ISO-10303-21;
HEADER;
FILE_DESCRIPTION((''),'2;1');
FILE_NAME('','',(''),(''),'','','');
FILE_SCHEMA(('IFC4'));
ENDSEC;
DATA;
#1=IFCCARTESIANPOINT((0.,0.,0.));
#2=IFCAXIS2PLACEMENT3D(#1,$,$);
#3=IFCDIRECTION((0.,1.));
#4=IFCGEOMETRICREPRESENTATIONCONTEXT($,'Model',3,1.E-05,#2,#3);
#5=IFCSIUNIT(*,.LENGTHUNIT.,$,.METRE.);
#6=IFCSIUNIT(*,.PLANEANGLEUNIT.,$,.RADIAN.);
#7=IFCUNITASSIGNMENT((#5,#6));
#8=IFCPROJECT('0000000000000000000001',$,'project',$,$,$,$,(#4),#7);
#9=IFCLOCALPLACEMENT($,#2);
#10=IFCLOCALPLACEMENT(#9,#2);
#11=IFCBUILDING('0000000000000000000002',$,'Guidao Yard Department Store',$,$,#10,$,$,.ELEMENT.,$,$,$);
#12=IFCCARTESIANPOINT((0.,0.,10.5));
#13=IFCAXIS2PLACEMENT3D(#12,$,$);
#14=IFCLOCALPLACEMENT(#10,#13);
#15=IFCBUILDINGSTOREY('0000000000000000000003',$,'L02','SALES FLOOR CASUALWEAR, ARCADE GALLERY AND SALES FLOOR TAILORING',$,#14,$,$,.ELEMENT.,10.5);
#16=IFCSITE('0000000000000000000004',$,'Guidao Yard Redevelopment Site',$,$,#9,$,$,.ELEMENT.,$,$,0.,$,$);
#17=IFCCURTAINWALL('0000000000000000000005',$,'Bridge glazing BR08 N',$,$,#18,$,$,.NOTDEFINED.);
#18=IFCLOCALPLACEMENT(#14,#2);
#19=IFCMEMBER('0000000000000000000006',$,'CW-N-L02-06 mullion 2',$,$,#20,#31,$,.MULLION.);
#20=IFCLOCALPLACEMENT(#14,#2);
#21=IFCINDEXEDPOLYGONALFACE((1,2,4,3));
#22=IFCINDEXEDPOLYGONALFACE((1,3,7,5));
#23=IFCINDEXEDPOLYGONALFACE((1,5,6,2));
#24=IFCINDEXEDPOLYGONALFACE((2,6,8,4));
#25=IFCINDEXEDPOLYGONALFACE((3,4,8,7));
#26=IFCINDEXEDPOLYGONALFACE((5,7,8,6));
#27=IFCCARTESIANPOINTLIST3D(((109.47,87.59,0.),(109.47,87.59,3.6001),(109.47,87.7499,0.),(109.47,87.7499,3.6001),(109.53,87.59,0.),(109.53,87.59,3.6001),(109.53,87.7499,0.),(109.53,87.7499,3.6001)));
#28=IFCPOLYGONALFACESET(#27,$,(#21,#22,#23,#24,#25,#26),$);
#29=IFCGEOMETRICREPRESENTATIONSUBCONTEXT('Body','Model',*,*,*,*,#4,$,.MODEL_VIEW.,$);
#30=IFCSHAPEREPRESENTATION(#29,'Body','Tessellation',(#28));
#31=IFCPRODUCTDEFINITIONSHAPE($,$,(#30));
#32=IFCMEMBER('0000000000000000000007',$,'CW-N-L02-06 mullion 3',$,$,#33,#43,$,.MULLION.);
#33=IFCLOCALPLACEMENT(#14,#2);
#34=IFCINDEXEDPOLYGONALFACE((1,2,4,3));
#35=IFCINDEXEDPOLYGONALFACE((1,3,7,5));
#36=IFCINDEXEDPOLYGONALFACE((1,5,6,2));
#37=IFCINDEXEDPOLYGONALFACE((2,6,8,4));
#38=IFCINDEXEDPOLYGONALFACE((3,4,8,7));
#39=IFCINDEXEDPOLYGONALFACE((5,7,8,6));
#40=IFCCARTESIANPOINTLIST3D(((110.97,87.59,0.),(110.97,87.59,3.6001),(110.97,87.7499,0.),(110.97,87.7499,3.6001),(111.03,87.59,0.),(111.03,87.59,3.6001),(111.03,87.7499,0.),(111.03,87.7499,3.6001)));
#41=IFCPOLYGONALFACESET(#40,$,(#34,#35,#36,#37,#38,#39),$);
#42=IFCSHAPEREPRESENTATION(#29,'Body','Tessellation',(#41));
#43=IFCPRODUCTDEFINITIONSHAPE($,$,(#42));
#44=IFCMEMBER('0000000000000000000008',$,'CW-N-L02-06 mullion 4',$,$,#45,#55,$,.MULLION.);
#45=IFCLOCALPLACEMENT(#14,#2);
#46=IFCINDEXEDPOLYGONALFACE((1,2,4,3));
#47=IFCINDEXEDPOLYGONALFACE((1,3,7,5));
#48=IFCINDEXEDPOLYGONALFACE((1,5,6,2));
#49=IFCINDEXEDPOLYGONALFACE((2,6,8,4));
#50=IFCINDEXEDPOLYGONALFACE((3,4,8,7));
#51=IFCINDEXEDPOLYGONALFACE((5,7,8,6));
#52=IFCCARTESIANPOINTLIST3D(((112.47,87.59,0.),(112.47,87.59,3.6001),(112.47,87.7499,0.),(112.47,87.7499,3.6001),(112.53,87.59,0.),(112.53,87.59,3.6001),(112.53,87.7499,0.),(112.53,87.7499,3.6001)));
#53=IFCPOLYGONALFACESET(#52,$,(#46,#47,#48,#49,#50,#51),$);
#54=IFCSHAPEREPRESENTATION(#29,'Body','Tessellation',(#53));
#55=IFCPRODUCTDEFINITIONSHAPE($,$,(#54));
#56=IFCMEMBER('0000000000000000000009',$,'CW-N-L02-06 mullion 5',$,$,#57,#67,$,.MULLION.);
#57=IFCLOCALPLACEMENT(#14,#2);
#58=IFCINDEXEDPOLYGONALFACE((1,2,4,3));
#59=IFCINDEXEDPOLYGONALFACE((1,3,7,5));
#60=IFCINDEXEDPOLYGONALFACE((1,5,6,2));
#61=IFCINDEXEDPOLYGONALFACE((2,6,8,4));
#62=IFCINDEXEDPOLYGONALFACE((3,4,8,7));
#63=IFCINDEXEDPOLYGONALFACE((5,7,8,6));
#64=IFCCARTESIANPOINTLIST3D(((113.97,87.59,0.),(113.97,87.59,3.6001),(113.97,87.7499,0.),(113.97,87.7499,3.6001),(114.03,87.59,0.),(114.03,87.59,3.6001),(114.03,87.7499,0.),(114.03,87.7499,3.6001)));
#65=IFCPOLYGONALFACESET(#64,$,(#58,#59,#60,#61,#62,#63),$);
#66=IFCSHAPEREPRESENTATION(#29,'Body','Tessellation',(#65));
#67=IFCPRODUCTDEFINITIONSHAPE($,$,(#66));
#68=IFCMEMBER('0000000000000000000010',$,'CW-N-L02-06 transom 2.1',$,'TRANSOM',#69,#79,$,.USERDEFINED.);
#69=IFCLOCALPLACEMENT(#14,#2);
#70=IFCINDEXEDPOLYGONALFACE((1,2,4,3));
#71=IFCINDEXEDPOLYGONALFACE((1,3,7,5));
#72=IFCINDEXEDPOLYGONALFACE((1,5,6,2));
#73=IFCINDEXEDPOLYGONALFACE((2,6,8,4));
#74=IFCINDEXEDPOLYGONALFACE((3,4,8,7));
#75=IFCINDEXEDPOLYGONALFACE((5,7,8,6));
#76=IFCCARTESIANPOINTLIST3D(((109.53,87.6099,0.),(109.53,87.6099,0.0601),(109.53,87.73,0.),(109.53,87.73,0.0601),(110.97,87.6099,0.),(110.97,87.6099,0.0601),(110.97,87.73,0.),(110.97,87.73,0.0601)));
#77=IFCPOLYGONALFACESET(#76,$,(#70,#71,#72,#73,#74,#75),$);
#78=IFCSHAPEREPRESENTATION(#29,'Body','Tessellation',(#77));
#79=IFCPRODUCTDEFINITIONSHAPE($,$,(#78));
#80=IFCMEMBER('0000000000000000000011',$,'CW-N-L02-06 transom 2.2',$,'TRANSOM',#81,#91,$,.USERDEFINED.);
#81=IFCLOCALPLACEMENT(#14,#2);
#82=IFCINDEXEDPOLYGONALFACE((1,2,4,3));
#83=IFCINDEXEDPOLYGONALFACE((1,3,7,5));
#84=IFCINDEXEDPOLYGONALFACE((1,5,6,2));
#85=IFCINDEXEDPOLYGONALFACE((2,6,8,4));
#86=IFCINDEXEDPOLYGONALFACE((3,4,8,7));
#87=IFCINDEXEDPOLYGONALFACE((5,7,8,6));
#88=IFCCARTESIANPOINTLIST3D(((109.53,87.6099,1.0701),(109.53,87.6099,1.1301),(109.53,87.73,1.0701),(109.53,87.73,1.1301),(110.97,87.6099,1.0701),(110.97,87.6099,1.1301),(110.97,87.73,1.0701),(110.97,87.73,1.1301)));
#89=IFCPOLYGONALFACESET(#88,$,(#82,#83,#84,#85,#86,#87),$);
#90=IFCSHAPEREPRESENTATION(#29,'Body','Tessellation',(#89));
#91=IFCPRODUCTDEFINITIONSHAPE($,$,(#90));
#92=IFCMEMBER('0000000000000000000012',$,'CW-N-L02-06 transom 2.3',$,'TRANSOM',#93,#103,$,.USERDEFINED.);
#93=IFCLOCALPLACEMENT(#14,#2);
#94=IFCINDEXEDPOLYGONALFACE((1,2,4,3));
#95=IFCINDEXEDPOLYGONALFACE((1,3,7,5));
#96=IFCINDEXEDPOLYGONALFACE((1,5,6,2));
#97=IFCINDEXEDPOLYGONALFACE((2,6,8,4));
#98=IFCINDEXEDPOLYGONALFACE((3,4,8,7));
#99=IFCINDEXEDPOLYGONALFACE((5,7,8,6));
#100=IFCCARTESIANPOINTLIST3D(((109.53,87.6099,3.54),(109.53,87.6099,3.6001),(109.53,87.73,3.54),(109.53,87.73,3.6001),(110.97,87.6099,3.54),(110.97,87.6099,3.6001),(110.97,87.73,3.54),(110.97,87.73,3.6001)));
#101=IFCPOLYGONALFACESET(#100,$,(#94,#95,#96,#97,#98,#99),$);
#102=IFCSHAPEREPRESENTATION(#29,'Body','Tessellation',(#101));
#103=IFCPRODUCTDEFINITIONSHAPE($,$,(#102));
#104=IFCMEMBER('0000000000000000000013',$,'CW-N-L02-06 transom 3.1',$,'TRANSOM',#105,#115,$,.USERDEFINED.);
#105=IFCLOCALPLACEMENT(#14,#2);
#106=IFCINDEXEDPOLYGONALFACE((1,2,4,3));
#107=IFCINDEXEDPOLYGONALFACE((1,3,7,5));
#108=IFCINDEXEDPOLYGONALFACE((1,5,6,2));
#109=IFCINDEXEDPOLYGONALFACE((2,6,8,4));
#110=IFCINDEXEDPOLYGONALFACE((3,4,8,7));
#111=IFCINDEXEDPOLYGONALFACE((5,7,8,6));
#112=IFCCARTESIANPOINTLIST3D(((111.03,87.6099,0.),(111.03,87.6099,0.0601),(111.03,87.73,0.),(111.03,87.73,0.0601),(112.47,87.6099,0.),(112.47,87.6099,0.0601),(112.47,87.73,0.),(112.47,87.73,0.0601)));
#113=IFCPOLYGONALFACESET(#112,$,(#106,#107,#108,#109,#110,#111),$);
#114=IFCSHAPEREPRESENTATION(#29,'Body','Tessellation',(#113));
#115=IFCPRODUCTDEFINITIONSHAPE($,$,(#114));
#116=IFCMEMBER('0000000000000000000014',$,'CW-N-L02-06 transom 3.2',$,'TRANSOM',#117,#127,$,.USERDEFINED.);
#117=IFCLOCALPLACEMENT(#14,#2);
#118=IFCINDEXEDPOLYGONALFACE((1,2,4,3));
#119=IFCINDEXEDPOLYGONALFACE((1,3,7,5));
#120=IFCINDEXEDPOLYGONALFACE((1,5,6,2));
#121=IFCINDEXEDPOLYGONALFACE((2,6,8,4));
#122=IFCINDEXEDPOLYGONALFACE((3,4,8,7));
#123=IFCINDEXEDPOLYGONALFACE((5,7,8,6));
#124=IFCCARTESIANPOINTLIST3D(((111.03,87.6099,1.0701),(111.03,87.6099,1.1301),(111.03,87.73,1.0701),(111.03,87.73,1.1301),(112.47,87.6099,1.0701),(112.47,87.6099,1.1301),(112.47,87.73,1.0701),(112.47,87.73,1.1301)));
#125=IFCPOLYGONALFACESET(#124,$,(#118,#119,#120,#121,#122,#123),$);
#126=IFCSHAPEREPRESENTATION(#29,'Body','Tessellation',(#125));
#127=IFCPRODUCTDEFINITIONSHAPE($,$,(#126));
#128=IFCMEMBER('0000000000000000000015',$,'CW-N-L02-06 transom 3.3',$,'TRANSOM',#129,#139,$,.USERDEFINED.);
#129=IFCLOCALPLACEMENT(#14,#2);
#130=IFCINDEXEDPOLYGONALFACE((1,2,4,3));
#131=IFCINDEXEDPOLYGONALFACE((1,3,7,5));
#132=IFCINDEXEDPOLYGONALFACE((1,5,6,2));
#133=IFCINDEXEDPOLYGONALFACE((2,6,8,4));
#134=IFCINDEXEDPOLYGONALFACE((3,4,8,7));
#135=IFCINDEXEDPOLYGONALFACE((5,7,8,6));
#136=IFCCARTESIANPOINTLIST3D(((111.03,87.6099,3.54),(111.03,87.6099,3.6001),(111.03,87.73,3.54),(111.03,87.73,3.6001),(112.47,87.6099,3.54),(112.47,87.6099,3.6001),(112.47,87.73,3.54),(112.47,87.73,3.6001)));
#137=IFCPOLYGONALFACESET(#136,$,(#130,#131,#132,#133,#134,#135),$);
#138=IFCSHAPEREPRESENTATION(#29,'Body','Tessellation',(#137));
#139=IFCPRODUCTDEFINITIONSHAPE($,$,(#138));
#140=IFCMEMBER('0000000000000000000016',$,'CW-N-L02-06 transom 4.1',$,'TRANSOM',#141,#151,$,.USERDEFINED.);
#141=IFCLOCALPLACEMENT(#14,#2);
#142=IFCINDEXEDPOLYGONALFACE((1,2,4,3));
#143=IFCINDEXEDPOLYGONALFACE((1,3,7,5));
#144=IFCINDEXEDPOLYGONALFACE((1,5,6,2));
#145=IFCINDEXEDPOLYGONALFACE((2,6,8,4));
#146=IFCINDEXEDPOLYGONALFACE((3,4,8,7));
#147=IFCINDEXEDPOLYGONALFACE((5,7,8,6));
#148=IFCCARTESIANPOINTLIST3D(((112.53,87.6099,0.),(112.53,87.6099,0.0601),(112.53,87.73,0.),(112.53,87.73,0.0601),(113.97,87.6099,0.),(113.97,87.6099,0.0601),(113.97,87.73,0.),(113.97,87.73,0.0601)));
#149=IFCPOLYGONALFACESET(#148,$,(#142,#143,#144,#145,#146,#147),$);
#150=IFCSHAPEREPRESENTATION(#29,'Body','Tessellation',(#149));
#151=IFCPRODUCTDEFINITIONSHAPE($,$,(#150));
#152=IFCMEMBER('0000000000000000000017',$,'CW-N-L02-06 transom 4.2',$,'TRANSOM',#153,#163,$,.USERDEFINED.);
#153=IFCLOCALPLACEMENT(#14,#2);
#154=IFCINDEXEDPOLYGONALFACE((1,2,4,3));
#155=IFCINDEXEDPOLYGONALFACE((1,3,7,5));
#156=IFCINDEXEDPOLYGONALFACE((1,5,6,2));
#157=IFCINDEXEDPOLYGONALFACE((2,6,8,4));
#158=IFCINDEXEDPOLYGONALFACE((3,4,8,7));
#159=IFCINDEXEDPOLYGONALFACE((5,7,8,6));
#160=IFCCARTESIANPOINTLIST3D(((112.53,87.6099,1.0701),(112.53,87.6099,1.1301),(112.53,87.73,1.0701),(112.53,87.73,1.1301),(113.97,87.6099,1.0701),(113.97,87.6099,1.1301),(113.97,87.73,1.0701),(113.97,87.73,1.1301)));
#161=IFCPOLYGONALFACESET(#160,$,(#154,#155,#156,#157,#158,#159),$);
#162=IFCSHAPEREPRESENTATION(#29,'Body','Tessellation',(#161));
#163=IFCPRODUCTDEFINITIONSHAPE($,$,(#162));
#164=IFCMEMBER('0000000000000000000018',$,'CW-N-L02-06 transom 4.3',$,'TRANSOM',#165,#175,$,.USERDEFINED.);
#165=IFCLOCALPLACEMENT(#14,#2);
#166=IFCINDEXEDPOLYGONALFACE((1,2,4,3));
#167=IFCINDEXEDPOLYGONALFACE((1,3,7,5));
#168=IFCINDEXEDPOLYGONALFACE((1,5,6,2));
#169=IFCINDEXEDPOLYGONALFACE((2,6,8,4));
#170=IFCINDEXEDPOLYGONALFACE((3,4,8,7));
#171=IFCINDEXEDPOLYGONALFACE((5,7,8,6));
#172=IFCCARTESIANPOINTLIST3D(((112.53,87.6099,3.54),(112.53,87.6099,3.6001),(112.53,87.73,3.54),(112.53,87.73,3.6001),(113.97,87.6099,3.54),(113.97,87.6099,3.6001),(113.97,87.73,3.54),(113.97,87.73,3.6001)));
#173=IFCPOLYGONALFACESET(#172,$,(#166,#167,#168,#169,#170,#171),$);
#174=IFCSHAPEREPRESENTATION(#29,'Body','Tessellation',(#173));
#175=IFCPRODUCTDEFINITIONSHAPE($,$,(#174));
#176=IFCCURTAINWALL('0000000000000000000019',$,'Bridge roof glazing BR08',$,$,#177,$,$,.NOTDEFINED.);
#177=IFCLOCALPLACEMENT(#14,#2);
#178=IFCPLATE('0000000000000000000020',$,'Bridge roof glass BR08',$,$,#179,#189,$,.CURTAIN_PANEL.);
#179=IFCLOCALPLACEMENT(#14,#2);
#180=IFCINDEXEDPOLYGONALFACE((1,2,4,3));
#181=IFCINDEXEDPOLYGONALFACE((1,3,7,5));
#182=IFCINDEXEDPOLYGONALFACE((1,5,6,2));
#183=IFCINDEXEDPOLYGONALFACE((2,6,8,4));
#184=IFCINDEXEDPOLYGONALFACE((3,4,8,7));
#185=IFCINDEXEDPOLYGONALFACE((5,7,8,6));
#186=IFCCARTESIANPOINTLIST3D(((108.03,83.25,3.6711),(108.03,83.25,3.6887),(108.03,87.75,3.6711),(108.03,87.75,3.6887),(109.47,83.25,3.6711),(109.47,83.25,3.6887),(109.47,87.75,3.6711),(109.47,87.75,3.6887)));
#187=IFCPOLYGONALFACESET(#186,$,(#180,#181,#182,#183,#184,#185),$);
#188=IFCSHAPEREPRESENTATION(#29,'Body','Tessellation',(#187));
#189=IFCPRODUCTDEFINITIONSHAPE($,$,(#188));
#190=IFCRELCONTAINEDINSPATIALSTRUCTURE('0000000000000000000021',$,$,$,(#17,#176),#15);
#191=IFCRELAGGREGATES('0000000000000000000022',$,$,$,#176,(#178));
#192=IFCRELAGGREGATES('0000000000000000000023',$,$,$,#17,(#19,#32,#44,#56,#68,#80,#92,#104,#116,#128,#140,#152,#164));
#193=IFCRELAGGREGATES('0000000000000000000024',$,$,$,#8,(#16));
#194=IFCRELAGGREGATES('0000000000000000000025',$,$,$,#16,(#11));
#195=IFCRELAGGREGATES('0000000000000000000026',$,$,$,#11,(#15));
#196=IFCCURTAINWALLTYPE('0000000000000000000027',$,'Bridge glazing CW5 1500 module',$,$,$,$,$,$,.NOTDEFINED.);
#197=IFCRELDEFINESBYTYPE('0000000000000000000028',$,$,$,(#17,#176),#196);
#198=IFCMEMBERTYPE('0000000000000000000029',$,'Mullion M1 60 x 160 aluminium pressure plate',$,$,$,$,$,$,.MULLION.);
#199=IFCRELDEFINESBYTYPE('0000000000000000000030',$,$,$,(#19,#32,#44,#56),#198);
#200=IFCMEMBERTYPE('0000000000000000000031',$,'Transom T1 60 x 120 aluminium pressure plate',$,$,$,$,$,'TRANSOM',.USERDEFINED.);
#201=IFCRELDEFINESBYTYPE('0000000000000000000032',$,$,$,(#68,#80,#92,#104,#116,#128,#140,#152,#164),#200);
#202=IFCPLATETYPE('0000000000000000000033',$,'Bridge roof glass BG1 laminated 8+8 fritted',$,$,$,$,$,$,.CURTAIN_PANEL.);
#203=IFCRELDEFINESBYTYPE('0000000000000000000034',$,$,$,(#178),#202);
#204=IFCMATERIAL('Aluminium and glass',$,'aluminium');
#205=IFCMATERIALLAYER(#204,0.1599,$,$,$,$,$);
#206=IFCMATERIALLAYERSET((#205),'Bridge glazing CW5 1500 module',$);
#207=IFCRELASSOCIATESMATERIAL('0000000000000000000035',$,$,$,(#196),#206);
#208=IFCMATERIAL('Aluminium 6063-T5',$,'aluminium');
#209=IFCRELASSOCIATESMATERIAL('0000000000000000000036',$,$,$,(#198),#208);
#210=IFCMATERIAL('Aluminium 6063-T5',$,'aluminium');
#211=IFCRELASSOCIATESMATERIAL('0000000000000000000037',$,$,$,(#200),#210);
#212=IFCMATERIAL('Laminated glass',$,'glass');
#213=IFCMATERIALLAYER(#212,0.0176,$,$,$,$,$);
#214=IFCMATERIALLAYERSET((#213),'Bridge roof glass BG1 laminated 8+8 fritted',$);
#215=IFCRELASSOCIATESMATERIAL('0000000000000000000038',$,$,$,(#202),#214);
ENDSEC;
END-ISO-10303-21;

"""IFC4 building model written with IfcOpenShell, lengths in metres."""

from ifc_helpers import new_model, si_unit, direction, frame, origin, origin_2d, place, context, subcontext, project, spatial, rectangle, extrude, material, layer, layer_set, material_profile, profile_set, type_object, element, aggregate, save


model = new_model("IFC4")

# Units and contexts
model_context = context("Model", 3, precision=1e-05, world=origin(), true_north=direction((0.0, 1.0)))
body_context = subcontext(model_context, "Body", "Model", "MODEL_VIEW")
ifc_project = project(units=[si_unit("LENGTHUNIT", "METRE"), si_unit("PLANEANGLEUNIT", "RADIAN")], contexts=[model_context])

# Site, building, storey
site_placement = place(None, origin())
site = spatial("IfcSite", under=ifc_project, at=site_placement, Name="Guidao Yard Redevelopment Site", CompositionType="ELEMENT", RefElevation=0.0)
building_placement = place(site_placement, origin())
building = spatial("IfcBuilding", under=site, at=building_placement, Name="Guidao Yard Department Store", CompositionType="ELEMENT")
storey_placement = place(building_placement, frame((0.0, 0.0, 10.5)))
storey = spatial("IfcBuildingStorey", under=building, at=storey_placement, Name="L02", Description="SALES FLOOR CASUALWEAR, ARCADE GALLERY AND SALES FLOOR TAILORING", CompositionType="ELEMENT", Elevation=10.5)

# Curtain wall, members
ifc_material_1 = material(Name="Aluminium and glass", Category="aluminium")
ifc_layer_1 = layer(ifc_material_1, 0.1599)
ifc_layer_set_1 = layer_set([ifc_layer_1], Name="Bridge glazing CW5 1500 module")
curtain_wall_type = type_object("IfcCurtainWallType", Name="Bridge glazing CW5 1500 module", PredefinedType="NOTDEFINED", material=ifc_layer_set_1)
curtain_wall_1_placement = place(storey_placement, origin())
curtain_wall_1 = element("IfcCurtainWall", 1, at=curtain_wall_1_placement, inside=storey, type_object=curtain_wall_type, Name="Bridge glazing BR08 N", PredefinedType="NOTDEFINED")
ifc_material_2 = material(Name="Aluminium 6063-T5", Category="aluminium")
ifc_material_profile_1 = material_profile(ifc_material_2, rectangle(XDim=0.0601, YDim=0.1599, at=origin_2d()), Name="Mullion M1 60 x 160 aluminium pressure plate")
ifc_profile_set_1 = profile_set([ifc_material_profile_1], Name="Aluminium 6063-T5")
member_type_1 = type_object("IfcMemberType", Name="Mullion M1 60 x 160 aluminium pressure plate", PredefinedType="MULLION", material=ifc_profile_set_1)
member_1_placement = place(storey_placement, frame((109.5, 87.6699, 0.0), z_axis=(0.0, 0.0, 1.0), x_axis=(1.0, 0.0, 0.0)))
member_1 = element("IfcMember", 2, at=member_1_placement, type_object=member_type_1, Name="CW-N-L02-06 mullion 2", PredefinedType="MULLION", context=body_context, shape_type="SweptSolid", body=[
    extrude(rectangle(XDim=0.0601, YDim=0.1599, at=origin_2d()), origin(), (0.0, 0.0, 1.0), 3.6001),
])
member_2_placement = place(storey_placement, frame((111.0, 87.6699, 0.0), z_axis=(0.0, 0.0, 1.0), x_axis=(1.0, 0.0, 0.0)))
member_2 = element("IfcMember", 3, at=member_2_placement, type_object=member_type_1, Name="CW-N-L02-06 mullion 3", PredefinedType="MULLION", context=body_context, shape_type="SweptSolid", body=[
    extrude(rectangle(XDim=0.0601, YDim=0.1599, at=origin_2d()), origin(), (0.0, 0.0, 1.0), 3.6001),
])
member_3_placement = place(storey_placement, frame((112.5, 87.6699, 0.0), z_axis=(0.0, 0.0, 1.0), x_axis=(1.0, 0.0, 0.0)))
member_3 = element("IfcMember", 4, at=member_3_placement, type_object=member_type_1, Name="CW-N-L02-06 mullion 4", PredefinedType="MULLION", context=body_context, shape_type="SweptSolid", body=[
    extrude(rectangle(XDim=0.0601, YDim=0.1599, at=origin_2d()), origin(), (0.0, 0.0, 1.0), 3.6001),
])
member_4_placement = place(storey_placement, frame((114.0, 87.6699, 0.0), z_axis=(0.0, 0.0, 1.0), x_axis=(1.0, 0.0, 0.0)))
member_4 = element("IfcMember", 5, at=member_4_placement, type_object=member_type_1, Name="CW-N-L02-06 mullion 5", PredefinedType="MULLION", context=body_context, shape_type="SweptSolid", body=[
    extrude(rectangle(XDim=0.0601, YDim=0.1599, at=origin_2d()), origin(), (0.0, 0.0, 1.0), 3.6001),
])
ifc_material_3 = material(Name="Aluminium 6063-T5", Category="aluminium")
ifc_material_profile_2 = material_profile(ifc_material_3, rectangle(XDim=0.1201, YDim=0.0601, at=origin_2d()), Name="Transom T1 60 x 120 aluminium pressure plate")
ifc_profile_set_2 = profile_set([ifc_material_profile_2], Name="Aluminium 6063-T5")
member_type_2 = type_object("IfcMemberType", Name="Transom T1 60 x 120 aluminium pressure plate", ElementType="TRANSOM", PredefinedType="USERDEFINED", material=ifc_profile_set_2)
member_5_placement = place(storey_placement, frame((109.53, 87.6699, 0.03), z_axis=(1.0, 0.0, 0.0), x_axis=(0.0, 1.0, 0.0)))
member_5 = element("IfcMember", 6, at=member_5_placement, type_object=member_type_2, Name="CW-N-L02-06 transom 2.1", ObjectType="TRANSOM", PredefinedType="USERDEFINED", context=body_context, shape_type="SweptSolid", body=[
    extrude(rectangle(XDim=0.1201, YDim=0.0601, at=origin_2d()), origin(), (0.0, 0.0, 1.0), 1.4399),
])
member_6_placement = place(storey_placement, frame((109.53, 87.6699, 1.1001), z_axis=(1.0, 0.0, 0.0), x_axis=(0.0, 1.0, 0.0)))
member_6 = element("IfcMember", 7, at=member_6_placement, type_object=member_type_2, Name="CW-N-L02-06 transom 2.2", ObjectType="TRANSOM", PredefinedType="USERDEFINED", context=body_context, shape_type="SweptSolid", body=[
    extrude(rectangle(XDim=0.1201, YDim=0.0601, at=origin_2d()), origin(), (0.0, 0.0, 1.0), 1.4399),
])
member_7_placement = place(storey_placement, frame((109.53, 87.6699, 3.5701), z_axis=(1.0, 0.0, 0.0), x_axis=(0.0, 1.0, 0.0)))
member_7 = element("IfcMember", 8, at=member_7_placement, type_object=member_type_2, Name="CW-N-L02-06 transom 2.3", ObjectType="TRANSOM", PredefinedType="USERDEFINED", context=body_context, shape_type="SweptSolid", body=[
    extrude(rectangle(XDim=0.1201, YDim=0.0601, at=origin_2d()), origin(), (0.0, 0.0, 1.0), 1.4399),
])
member_8_placement = place(storey_placement, frame((111.03, 87.6699, 0.03), z_axis=(1.0, 0.0, 0.0), x_axis=(0.0, 1.0, 0.0)))
member_8 = element("IfcMember", 9, at=member_8_placement, type_object=member_type_2, Name="CW-N-L02-06 transom 3.1", ObjectType="TRANSOM", PredefinedType="USERDEFINED", context=body_context, shape_type="SweptSolid", body=[
    extrude(rectangle(XDim=0.1201, YDim=0.0601, at=origin_2d()), origin(), (0.0, 0.0, 1.0), 1.4399),
])
member_9_placement = place(storey_placement, frame((111.03, 87.6699, 1.1001), z_axis=(1.0, 0.0, 0.0), x_axis=(0.0, 1.0, 0.0)))
member_9 = element("IfcMember", 10, at=member_9_placement, type_object=member_type_2, Name="CW-N-L02-06 transom 3.2", ObjectType="TRANSOM", PredefinedType="USERDEFINED", context=body_context, shape_type="SweptSolid", body=[
    extrude(rectangle(XDim=0.1201, YDim=0.0601, at=origin_2d()), origin(), (0.0, 0.0, 1.0), 1.4399),
])
member_10_placement = place(storey_placement, frame((111.03, 87.6699, 3.5701), z_axis=(1.0, 0.0, 0.0), x_axis=(0.0, 1.0, 0.0)))
member_10 = element("IfcMember", 11, at=member_10_placement, type_object=member_type_2, Name="CW-N-L02-06 transom 3.3", ObjectType="TRANSOM", PredefinedType="USERDEFINED", context=body_context, shape_type="SweptSolid", body=[
    extrude(rectangle(XDim=0.1201, YDim=0.0601, at=origin_2d()), origin(), (0.0, 0.0, 1.0), 1.4399),
])
member_11_placement = place(storey_placement, frame((112.53, 87.6699, 0.03), z_axis=(1.0, 0.0, 0.0), x_axis=(0.0, 1.0, 0.0)))
member_11 = element("IfcMember", 12, at=member_11_placement, type_object=member_type_2, Name="CW-N-L02-06 transom 4.1", ObjectType="TRANSOM", PredefinedType="USERDEFINED", context=body_context, shape_type="SweptSolid", body=[
    extrude(rectangle(XDim=0.1201, YDim=0.0601, at=origin_2d()), origin(), (0.0, 0.0, 1.0), 1.4399),
])
member_12_placement = place(storey_placement, frame((112.53, 87.6699, 1.1001), z_axis=(1.0, 0.0, 0.0), x_axis=(0.0, 1.0, 0.0)))
member_12 = element("IfcMember", 13, at=member_12_placement, type_object=member_type_2, Name="CW-N-L02-06 transom 4.2", ObjectType="TRANSOM", PredefinedType="USERDEFINED", context=body_context, shape_type="SweptSolid", body=[
    extrude(rectangle(XDim=0.1201, YDim=0.0601, at=origin_2d()), origin(), (0.0, 0.0, 1.0), 1.4399),
])
member_13_placement = place(storey_placement, frame((112.53, 87.6699, 3.5701), z_axis=(1.0, 0.0, 0.0), x_axis=(0.0, 1.0, 0.0)))
member_13 = element("IfcMember", 14, at=member_13_placement, type_object=member_type_2, Name="CW-N-L02-06 transom 4.3", ObjectType="TRANSOM", PredefinedType="USERDEFINED", context=body_context, shape_type="SweptSolid", body=[
    extrude(rectangle(XDim=0.1201, YDim=0.0601, at=origin_2d()), origin(), (0.0, 0.0, 1.0), 1.4399),
])

# Curtain wall, plate
curtain_wall_2_placement = place(storey_placement, origin())
curtain_wall_2 = element("IfcCurtainWall", 15, at=curtain_wall_2_placement, inside=storey, type_object=curtain_wall_type, Name="Bridge roof glazing BR08", PredefinedType="NOTDEFINED")
ifc_material_4 = material(Name="Laminated glass", Category="glass")
ifc_layer_2 = layer(ifc_material_4, 0.0176)
ifc_layer_set_2 = layer_set([ifc_layer_2], Name="Bridge roof glass BG1 laminated 8+8 fritted")
plate_type_1 = type_object("IfcPlateType", Name="Bridge roof glass BG1 laminated 8+8 fritted", PredefinedType="CURTAIN_PANEL", material=ifc_layer_set_2)
plate_1_placement = place(storey_placement, frame((108.75, 85.5, 3.6711), z_axis=(0.0, 0.0, 1.0), x_axis=(1.0, 0.0, 0.0)))
plate_1 = element("IfcPlate", 16, at=plate_1_placement, type_object=plate_type_1, Name="Bridge roof glass BR08", PredefinedType="CURTAIN_PANEL", context=body_context, shape_type="SweptSolid", body=[
    extrude(rectangle(XDim=1.4399, YDim=4.5, at=origin_2d()), origin(), (0.0, 0.0, 1.0), 0.0176),
])
aggregate(curtain_wall_2, [plate_1])

aggregate(curtain_wall_1, [member_1, member_2, member_3, member_4, member_5, member_6, member_7, member_8, member_9, member_10, member_11, member_12, member_13])

save(model, "model.ifc")
